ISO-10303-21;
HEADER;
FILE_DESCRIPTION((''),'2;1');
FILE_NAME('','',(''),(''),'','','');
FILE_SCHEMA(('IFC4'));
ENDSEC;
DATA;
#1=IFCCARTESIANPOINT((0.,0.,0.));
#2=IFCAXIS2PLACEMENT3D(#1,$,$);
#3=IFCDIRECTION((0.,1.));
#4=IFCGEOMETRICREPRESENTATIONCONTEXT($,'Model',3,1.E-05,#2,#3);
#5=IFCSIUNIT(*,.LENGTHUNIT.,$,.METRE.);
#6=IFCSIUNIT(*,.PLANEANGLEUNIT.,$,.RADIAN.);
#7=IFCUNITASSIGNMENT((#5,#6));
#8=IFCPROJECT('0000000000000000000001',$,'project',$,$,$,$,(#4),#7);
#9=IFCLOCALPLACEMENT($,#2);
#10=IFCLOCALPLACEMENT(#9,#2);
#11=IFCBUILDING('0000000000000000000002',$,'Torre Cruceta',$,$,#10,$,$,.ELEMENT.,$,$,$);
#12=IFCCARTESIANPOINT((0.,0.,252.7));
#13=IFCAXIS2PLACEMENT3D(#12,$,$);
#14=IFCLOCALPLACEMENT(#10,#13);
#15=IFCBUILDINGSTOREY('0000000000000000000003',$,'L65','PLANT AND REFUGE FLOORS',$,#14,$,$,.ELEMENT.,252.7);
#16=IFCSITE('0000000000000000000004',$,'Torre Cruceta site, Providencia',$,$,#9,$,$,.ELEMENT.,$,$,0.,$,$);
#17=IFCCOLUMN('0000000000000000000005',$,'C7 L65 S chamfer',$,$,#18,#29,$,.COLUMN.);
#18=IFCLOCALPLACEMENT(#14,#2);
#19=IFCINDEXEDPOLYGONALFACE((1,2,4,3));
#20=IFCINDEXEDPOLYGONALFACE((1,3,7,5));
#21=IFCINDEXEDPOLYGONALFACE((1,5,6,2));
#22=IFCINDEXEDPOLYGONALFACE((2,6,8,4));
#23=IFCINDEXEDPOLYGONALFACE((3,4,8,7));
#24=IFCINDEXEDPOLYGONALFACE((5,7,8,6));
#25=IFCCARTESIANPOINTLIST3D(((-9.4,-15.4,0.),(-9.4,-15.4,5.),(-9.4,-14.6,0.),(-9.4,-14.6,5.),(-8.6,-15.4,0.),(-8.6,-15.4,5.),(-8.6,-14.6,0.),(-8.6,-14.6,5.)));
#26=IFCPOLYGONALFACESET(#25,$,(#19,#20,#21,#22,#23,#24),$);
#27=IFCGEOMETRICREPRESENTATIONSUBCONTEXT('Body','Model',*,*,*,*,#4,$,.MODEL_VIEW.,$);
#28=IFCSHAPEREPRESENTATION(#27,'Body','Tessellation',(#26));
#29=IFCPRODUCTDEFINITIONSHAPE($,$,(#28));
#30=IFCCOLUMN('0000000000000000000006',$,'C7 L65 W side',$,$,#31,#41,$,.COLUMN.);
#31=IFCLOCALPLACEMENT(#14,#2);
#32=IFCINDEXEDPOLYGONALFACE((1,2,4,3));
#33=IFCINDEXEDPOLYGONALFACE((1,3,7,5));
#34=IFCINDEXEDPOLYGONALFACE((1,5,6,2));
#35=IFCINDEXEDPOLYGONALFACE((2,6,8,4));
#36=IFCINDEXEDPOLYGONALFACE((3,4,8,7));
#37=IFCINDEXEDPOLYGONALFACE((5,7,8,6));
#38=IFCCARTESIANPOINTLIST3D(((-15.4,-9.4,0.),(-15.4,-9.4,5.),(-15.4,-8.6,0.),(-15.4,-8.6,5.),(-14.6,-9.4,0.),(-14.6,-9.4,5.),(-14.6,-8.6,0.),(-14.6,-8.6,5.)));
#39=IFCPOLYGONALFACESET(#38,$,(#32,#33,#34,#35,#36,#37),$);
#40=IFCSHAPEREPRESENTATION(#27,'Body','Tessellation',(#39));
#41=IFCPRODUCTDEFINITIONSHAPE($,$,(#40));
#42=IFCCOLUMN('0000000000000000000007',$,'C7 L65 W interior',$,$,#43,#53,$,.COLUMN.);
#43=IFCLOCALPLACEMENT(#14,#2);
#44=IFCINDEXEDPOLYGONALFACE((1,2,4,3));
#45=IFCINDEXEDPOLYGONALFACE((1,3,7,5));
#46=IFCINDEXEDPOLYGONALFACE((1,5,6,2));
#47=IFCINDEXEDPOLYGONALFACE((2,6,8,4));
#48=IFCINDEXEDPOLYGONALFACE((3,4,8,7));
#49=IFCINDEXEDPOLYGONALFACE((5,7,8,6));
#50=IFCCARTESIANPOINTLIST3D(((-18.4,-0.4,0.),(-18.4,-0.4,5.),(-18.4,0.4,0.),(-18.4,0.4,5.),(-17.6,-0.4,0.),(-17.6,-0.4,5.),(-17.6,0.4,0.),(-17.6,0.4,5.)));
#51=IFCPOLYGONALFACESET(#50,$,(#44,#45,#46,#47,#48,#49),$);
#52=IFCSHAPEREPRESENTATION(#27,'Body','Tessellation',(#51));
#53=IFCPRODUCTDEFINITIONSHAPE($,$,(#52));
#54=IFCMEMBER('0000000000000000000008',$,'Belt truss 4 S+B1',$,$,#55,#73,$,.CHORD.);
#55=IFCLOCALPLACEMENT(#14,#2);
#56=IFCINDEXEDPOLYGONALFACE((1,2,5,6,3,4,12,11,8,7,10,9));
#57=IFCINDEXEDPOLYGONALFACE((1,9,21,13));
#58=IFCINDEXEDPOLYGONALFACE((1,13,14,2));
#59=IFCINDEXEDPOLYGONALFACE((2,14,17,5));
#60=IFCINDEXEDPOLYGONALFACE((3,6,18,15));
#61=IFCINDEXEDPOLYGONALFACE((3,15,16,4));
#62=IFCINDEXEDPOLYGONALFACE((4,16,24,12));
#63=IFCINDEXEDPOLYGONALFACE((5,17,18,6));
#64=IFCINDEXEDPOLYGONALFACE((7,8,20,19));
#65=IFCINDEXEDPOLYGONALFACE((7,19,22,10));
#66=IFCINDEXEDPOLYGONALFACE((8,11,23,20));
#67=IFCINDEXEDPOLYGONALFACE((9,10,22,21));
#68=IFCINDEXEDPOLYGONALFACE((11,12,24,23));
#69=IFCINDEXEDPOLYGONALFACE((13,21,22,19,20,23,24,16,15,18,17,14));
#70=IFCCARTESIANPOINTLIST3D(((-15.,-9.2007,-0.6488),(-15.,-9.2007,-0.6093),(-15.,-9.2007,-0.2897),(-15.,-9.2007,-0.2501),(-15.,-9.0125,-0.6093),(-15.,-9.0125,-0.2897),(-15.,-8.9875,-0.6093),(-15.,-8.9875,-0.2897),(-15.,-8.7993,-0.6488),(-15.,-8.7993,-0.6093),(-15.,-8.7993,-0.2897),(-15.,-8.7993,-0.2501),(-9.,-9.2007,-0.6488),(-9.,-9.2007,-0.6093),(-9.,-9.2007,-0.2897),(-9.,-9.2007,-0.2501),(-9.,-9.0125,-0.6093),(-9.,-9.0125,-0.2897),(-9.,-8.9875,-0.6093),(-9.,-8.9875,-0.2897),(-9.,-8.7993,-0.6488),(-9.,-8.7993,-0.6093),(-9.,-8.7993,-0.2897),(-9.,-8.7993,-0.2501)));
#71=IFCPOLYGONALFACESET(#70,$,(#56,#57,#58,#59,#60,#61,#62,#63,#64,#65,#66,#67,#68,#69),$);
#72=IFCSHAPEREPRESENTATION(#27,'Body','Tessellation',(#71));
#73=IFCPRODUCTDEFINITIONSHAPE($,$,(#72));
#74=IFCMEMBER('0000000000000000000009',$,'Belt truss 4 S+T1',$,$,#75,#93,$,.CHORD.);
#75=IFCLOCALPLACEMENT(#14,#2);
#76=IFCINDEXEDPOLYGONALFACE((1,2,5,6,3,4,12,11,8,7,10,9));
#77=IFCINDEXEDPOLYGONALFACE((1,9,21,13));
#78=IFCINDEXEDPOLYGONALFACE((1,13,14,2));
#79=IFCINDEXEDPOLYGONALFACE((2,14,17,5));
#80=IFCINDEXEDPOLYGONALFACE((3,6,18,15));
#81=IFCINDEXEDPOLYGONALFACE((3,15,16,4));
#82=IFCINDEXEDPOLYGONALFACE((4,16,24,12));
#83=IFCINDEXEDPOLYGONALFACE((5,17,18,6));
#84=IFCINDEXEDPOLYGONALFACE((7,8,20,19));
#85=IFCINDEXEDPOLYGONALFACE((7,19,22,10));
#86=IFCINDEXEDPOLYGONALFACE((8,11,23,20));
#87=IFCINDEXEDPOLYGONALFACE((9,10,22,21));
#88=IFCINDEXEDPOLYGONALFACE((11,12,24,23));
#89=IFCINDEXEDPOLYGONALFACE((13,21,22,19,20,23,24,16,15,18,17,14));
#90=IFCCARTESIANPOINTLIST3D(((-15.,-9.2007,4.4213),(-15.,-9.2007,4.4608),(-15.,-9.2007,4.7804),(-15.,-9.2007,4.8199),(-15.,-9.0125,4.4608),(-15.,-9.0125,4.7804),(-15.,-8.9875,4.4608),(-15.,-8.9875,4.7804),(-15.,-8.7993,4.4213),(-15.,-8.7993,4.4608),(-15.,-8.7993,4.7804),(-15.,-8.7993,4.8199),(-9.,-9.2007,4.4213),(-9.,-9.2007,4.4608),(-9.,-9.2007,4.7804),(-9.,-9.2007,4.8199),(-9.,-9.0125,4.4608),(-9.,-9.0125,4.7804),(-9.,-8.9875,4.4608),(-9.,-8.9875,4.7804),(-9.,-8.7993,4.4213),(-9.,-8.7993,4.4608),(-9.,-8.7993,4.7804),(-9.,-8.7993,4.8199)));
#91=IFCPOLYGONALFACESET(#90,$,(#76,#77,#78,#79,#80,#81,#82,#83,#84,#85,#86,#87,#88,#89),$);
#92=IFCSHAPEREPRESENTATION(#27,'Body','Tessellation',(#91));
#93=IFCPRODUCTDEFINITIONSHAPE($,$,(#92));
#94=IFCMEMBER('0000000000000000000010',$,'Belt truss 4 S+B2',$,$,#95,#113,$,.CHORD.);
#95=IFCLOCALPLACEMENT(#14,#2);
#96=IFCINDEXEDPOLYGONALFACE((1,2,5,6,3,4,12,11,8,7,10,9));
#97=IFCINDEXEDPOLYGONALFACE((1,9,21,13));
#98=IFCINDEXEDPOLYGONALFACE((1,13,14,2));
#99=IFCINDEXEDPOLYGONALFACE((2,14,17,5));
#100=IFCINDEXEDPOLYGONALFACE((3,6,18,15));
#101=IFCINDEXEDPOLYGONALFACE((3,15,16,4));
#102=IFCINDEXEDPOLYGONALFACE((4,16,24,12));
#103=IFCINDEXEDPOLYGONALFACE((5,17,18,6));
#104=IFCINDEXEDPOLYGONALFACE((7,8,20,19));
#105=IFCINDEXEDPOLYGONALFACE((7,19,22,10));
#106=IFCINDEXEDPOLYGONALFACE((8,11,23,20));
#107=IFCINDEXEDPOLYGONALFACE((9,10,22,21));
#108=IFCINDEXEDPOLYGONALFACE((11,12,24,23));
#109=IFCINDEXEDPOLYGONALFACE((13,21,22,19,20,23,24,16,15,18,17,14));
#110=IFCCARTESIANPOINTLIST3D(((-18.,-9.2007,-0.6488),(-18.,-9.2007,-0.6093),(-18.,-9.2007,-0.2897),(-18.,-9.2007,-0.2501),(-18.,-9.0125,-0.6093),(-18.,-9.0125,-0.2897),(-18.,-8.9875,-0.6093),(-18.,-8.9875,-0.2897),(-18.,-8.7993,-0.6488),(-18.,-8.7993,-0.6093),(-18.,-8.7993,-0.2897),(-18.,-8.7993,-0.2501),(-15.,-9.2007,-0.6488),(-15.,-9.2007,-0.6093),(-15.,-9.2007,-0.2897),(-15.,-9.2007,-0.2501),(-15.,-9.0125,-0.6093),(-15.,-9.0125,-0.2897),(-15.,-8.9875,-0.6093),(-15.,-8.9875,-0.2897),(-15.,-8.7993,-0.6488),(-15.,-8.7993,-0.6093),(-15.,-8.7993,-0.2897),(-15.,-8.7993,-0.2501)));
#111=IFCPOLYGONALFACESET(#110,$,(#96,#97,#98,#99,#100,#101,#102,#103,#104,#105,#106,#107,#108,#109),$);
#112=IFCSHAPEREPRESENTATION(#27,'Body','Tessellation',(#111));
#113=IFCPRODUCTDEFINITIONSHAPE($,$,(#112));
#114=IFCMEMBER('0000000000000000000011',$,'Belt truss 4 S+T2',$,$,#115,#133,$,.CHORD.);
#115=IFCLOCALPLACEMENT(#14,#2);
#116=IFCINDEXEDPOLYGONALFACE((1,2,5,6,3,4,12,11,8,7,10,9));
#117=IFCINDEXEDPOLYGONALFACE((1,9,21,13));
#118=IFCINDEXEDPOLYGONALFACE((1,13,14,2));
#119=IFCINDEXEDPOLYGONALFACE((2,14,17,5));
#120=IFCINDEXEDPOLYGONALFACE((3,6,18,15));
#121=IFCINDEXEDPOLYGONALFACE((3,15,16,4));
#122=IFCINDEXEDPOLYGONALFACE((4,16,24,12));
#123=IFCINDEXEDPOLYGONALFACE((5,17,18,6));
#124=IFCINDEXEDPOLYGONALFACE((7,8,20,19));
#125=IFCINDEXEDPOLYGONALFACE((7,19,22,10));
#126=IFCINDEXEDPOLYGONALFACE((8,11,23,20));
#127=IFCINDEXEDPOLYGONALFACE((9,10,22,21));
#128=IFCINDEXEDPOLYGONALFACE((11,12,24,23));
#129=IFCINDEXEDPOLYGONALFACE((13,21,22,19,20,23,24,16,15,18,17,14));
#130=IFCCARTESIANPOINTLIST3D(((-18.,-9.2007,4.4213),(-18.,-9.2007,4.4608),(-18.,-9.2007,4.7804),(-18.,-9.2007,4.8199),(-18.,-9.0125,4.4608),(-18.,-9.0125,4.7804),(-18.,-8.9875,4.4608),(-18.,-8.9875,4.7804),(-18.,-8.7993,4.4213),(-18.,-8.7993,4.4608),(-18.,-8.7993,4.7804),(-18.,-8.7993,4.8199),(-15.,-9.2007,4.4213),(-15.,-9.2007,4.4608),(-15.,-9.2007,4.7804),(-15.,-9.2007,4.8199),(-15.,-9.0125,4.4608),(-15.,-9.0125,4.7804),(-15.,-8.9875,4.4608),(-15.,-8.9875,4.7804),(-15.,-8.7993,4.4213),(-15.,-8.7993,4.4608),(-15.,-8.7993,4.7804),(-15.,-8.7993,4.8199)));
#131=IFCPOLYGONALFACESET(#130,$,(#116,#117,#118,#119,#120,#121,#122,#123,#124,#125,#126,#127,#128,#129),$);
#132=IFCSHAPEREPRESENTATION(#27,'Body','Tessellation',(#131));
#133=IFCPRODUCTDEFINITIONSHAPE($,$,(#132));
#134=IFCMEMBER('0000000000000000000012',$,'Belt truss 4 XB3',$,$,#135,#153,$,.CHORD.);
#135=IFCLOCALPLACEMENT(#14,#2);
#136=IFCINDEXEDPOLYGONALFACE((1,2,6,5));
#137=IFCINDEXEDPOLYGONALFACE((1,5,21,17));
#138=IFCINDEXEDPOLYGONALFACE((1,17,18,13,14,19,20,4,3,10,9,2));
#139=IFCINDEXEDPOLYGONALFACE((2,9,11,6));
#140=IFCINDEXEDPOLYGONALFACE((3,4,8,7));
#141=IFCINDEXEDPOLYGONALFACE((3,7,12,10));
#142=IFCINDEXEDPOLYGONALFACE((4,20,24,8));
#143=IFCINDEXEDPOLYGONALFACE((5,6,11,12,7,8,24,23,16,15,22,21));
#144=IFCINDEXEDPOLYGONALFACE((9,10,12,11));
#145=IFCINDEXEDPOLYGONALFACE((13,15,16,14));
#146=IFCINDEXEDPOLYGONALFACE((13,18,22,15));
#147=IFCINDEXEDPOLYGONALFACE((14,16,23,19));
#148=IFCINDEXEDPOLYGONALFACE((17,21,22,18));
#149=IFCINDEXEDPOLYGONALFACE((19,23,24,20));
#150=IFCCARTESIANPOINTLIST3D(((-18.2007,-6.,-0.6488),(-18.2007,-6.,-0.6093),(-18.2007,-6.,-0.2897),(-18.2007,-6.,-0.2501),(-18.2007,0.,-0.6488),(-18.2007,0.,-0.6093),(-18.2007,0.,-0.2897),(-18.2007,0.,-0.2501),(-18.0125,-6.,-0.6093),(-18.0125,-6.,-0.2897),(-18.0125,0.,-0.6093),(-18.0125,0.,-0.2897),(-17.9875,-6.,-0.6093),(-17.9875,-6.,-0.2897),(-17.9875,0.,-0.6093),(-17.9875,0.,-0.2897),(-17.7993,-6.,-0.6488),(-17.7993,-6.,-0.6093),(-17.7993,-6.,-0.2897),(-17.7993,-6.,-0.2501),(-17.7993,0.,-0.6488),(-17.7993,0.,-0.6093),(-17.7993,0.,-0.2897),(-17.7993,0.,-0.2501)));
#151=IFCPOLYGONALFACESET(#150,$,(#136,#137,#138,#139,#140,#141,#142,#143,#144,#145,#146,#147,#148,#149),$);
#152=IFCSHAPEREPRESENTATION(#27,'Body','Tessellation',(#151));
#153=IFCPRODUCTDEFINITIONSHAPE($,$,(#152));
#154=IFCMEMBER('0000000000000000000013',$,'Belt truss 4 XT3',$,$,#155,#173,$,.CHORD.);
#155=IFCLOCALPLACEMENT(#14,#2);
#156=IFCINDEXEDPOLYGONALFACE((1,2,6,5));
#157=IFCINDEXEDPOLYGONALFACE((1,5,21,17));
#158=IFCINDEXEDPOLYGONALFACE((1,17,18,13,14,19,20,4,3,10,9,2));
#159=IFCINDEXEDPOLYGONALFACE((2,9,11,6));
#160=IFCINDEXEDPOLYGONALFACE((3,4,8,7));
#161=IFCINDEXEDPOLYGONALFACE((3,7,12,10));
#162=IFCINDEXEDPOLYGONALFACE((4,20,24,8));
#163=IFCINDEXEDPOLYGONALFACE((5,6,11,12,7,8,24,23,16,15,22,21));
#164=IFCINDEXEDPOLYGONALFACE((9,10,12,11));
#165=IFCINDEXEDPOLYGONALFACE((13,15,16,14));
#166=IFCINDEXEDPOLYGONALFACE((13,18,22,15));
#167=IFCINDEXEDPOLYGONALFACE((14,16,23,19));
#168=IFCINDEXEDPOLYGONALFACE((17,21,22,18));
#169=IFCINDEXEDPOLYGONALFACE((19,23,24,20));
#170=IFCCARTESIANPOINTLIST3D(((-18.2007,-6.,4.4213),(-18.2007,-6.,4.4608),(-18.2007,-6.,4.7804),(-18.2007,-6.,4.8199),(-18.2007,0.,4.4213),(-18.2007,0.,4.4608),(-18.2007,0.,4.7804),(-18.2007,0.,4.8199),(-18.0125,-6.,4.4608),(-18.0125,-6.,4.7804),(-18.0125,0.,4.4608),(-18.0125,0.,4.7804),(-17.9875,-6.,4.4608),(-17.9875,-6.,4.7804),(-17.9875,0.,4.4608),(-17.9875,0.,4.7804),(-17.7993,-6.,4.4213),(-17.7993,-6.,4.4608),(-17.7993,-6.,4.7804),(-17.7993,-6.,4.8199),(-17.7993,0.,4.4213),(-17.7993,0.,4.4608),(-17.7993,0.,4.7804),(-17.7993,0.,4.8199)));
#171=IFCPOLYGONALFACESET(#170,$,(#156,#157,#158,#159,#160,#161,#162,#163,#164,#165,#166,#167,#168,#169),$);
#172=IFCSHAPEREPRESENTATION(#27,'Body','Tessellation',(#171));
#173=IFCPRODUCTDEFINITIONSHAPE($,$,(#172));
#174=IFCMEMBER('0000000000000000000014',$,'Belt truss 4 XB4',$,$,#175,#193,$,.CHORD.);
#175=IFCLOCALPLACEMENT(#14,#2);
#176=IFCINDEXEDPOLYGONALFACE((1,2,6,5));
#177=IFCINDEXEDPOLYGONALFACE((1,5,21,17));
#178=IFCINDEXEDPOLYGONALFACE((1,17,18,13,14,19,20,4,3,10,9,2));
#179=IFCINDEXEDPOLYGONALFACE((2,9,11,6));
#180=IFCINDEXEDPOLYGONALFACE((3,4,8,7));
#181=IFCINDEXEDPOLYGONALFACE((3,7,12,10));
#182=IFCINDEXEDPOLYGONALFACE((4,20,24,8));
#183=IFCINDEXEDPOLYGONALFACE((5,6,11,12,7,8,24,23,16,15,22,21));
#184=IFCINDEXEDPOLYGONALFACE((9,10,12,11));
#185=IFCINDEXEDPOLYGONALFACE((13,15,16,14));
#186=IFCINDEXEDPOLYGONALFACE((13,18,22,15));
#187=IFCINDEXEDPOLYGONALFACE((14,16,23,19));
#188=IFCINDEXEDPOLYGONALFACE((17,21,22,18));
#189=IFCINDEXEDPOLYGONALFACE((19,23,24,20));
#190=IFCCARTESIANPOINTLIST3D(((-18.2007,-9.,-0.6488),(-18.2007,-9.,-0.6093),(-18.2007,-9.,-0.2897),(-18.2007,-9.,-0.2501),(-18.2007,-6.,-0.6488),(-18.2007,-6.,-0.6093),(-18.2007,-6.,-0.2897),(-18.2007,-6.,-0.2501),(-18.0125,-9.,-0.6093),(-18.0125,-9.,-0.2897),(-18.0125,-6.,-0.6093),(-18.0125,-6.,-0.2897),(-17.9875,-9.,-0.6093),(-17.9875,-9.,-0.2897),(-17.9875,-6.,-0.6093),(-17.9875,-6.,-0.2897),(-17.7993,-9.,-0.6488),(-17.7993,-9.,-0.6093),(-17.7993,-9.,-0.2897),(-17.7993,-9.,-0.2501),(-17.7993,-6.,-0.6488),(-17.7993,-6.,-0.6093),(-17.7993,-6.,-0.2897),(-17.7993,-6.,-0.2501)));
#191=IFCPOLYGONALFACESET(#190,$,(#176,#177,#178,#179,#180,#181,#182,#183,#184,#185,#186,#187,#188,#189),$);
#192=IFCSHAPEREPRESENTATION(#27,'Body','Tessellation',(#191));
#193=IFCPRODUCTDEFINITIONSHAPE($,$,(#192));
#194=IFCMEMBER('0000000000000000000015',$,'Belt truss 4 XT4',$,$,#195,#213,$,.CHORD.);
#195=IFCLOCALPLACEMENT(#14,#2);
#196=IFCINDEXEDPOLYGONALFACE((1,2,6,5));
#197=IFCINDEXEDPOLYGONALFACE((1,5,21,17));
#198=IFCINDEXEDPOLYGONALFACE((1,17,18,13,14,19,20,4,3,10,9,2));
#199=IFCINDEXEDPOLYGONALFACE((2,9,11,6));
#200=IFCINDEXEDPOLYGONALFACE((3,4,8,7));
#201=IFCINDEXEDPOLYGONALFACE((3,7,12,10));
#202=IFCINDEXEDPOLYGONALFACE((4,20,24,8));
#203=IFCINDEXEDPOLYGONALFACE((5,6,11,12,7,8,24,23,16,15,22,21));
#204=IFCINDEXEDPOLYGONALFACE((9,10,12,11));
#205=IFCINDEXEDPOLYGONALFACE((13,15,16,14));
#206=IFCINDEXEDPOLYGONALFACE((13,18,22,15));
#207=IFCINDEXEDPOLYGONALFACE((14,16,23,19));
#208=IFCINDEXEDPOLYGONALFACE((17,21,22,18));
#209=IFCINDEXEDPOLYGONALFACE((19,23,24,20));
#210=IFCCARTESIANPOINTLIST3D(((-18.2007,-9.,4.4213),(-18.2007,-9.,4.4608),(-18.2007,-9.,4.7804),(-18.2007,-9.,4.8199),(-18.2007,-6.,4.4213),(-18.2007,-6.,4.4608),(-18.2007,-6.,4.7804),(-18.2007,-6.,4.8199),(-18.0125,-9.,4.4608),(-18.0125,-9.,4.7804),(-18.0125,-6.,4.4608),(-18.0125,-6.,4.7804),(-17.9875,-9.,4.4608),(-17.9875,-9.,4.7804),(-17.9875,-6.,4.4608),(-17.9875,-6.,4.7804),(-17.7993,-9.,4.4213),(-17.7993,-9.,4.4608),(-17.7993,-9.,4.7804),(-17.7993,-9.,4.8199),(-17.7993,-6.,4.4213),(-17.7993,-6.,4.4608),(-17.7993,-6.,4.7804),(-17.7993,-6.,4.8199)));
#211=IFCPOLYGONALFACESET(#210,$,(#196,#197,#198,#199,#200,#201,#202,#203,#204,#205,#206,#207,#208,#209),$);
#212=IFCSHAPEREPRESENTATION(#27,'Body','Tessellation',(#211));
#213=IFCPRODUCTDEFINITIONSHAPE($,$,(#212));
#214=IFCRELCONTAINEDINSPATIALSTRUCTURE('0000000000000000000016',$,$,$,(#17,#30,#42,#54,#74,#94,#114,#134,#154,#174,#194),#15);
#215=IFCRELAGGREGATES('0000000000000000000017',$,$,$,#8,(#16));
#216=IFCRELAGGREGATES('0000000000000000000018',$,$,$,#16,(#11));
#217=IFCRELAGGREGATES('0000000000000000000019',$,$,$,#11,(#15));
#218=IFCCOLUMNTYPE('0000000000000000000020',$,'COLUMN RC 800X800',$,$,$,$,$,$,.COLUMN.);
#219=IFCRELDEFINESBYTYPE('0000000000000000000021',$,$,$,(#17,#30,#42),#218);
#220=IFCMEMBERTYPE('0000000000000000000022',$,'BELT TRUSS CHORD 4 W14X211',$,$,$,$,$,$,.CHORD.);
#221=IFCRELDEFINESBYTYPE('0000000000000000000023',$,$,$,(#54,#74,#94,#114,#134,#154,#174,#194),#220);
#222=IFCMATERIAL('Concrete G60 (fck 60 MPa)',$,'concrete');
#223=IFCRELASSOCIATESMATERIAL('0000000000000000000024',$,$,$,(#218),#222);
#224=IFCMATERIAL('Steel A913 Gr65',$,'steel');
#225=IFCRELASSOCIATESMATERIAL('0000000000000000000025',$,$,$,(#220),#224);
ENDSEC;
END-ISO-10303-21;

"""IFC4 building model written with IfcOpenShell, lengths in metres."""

from ifc_helpers import new_model, si_unit, direction, frame, origin, origin_2d, place, context, subcontext, project, spatial, rectangle, i_section, extrude, material, material_profile, profile_set, type_object, element, save


model = new_model("IFC4")

# Units and contexts
model_context = context("Model", 3, precision=1e-05, world=origin(), true_north=direction((0.0, 1.0)))
body_context = subcontext(model_context, "Body", "Model", "MODEL_VIEW")
ifc_project = project(units=[si_unit("LENGTHUNIT", "METRE"), si_unit("PLANEANGLEUNIT", "RADIAN")], contexts=[model_context])

# Site, building, storey
site_placement = place(None, origin())
site = spatial("IfcSite", under=ifc_project, at=site_placement, Name="Torre Cruceta site, Providencia", CompositionType="ELEMENT", RefElevation=0.0)
building_placement = place(site_placement, origin())
building = spatial("IfcBuilding", under=site, at=building_placement, Name="Torre Cruceta", CompositionType="ELEMENT")
storey_placement = place(building_placement, frame((0.0, 0.0, 252.7)))
storey = spatial("IfcBuildingStorey", under=building, at=storey_placement, Name="L65", Description="PLANT AND REFUGE FLOORS", CompositionType="ELEMENT", Elevation=252.7)

# Columns
ifc_material_1 = material(Name="Concrete G60 (fck 60 MPa)", Category="concrete")
ifc_material_profile_1 = material_profile(ifc_material_1, rectangle(XDim=0.8, YDim=0.8, at=origin_2d()), Name="RC 800X800")
ifc_profile_set_1 = profile_set([ifc_material_profile_1], Name="Concrete G60 (fck 60 MPa)")
column_type = type_object("IfcColumnType", Name="COLUMN RC 800X800", PredefinedType="COLUMN", material=ifc_profile_set_1)
for number, where, z_axis, x_axis, name in (
    (1, (-9.0, -15.0, 0.0), (0.0, 0.0, 1.0), (1.0, 0.0, 0.0), "C7 L65 S chamfer"),
    (2, (-15.0, -9.0, 0.0), (0.0, 0.0, 1.0), (1.0, 0.0, 0.0), "C7 L65 W side"),
    (3, (-18.0, 0.0, 0.0), (0.0, 0.0, 1.0), (1.0, 0.0, 0.0), "C7 L65 W interior"),
):
    element("IfcColumn", number, at=place(storey_placement, frame(where, z_axis=z_axis, x_axis=x_axis)), inside=storey, type_object=column_type, Name=name, PredefinedType="COLUMN", context=body_context, shape_type="SweptSolid", body=[
        extrude(rectangle(XDim=0.8, YDim=0.8, at=origin_2d()), origin(), (0.0, 0.0, 1.0), 5.0),
    ])

# Members
ifc_material_2 = material(Name="Steel A913 Gr65", Category="steel")
ifc_material_profile_2 = material_profile(ifc_material_2, i_section(OverallWidth=0.4014, OverallDepth=0.3987, WebThickness=0.0249, FlangeThickness=0.0396, at=origin_2d()), Name="W14X211")
ifc_profile_set_2 = profile_set([ifc_material_profile_2], Name="Steel A913 Gr65")
member_type_1 = type_object("IfcMemberType", Name="BELT TRUSS CHORD 4 W14X211", PredefinedType="CHORD", material=ifc_profile_set_2)
for number, where, z_axis, x_axis, name in (
    (4, (-9.0, -9.0, -0.4495), (-1.0, 0.0, 0.0), (0.0, -1.0, 0.0), "Belt truss 4 S+B1"),
    (5, (-9.0, -9.0, 4.6206), (-1.0, 0.0, 0.0), (0.0, -1.0, 0.0), "Belt truss 4 S+T1"),
):
    element("IfcMember", number, at=place(storey_placement, frame(where, z_axis=z_axis, x_axis=x_axis)), inside=storey, type_object=member_type_1, Name=name, PredefinedType="CHORD", context=body_context, shape_type="SweptSolid", body=[
        extrude(i_section(OverallWidth=0.4014, OverallDepth=0.3987, WebThickness=0.0249, FlangeThickness=0.0396, at=origin_2d()), origin(), (0.0, 0.0, 1.0), 6.0),
    ])
for number, where, z_axis, x_axis, name in (
    (6, (-15.0, -9.0, -0.4495), (-1.0, 0.0, 0.0), (0.0, -1.0, 0.0), "Belt truss 4 S+B2"),
    (7, (-15.0, -9.0, 4.6206), (-1.0, 0.0, 0.0), (0.0, -1.0, 0.0), "Belt truss 4 S+T2"),
):
    element("IfcMember", number, at=place(storey_placement, frame(where, z_axis=z_axis, x_axis=x_axis)), inside=storey, type_object=member_type_1, Name=name, PredefinedType="CHORD", context=body_context, shape_type="SweptSolid", body=[
        extrude(i_section(OverallWidth=0.4014, OverallDepth=0.3987, WebThickness=0.0249, FlangeThickness=0.0396, at=origin_2d()), origin(), (0.0, 0.0, 1.0), 3.0),
    ])
for number, where, z_axis, x_axis, name in (
    (8, (-18.0, 0.0, -0.4495), (0.0, -1.0, 0.0), (1.0, 0.0, 0.0), "Belt truss 4 XB3"),
    (9, (-18.0, 0.0, 4.6206), (0.0, -1.0, 0.0), (1.0, 0.0, 0.0), "Belt truss 4 XT3"),
):
    element("IfcMember", number, at=place(storey_placement, frame(where, z_axis=z_axis, x_axis=x_axis)), inside=storey, type_object=member_type_1, Name=name, PredefinedType="CHORD", context=body_context, shape_type="SweptSolid", body=[
        extrude(i_section(OverallWidth=0.4014, OverallDepth=0.3987, WebThickness=0.0249, FlangeThickness=0.0396, at=origin_2d()), origin(), (0.0, 0.0, 1.0), 6.0),
    ])
for number, where, z_axis, x_axis, name in (
    (10, (-18.0, -6.0, -0.4495), (0.0, -1.0, 0.0), (1.0, 0.0, 0.0), "Belt truss 4 XB4"),
    (11, (-18.0, -6.0, 4.6206), (0.0, -1.0, 0.0), (1.0, 0.0, 0.0), "Belt truss 4 XT4"),
):
    element("IfcMember", number, at=place(storey_placement, frame(where, z_axis=z_axis, x_axis=x_axis)), inside=storey, type_object=member_type_1, Name=name, PredefinedType="CHORD", context=body_context, shape_type="SweptSolid", body=[
        extrude(i_section(OverallWidth=0.4014, OverallDepth=0.3987, WebThickness=0.0249, FlangeThickness=0.0396, at=origin_2d()), origin(), (0.0, 0.0, 1.0), 3.0),
    ])

save(model, "model.ifc")
